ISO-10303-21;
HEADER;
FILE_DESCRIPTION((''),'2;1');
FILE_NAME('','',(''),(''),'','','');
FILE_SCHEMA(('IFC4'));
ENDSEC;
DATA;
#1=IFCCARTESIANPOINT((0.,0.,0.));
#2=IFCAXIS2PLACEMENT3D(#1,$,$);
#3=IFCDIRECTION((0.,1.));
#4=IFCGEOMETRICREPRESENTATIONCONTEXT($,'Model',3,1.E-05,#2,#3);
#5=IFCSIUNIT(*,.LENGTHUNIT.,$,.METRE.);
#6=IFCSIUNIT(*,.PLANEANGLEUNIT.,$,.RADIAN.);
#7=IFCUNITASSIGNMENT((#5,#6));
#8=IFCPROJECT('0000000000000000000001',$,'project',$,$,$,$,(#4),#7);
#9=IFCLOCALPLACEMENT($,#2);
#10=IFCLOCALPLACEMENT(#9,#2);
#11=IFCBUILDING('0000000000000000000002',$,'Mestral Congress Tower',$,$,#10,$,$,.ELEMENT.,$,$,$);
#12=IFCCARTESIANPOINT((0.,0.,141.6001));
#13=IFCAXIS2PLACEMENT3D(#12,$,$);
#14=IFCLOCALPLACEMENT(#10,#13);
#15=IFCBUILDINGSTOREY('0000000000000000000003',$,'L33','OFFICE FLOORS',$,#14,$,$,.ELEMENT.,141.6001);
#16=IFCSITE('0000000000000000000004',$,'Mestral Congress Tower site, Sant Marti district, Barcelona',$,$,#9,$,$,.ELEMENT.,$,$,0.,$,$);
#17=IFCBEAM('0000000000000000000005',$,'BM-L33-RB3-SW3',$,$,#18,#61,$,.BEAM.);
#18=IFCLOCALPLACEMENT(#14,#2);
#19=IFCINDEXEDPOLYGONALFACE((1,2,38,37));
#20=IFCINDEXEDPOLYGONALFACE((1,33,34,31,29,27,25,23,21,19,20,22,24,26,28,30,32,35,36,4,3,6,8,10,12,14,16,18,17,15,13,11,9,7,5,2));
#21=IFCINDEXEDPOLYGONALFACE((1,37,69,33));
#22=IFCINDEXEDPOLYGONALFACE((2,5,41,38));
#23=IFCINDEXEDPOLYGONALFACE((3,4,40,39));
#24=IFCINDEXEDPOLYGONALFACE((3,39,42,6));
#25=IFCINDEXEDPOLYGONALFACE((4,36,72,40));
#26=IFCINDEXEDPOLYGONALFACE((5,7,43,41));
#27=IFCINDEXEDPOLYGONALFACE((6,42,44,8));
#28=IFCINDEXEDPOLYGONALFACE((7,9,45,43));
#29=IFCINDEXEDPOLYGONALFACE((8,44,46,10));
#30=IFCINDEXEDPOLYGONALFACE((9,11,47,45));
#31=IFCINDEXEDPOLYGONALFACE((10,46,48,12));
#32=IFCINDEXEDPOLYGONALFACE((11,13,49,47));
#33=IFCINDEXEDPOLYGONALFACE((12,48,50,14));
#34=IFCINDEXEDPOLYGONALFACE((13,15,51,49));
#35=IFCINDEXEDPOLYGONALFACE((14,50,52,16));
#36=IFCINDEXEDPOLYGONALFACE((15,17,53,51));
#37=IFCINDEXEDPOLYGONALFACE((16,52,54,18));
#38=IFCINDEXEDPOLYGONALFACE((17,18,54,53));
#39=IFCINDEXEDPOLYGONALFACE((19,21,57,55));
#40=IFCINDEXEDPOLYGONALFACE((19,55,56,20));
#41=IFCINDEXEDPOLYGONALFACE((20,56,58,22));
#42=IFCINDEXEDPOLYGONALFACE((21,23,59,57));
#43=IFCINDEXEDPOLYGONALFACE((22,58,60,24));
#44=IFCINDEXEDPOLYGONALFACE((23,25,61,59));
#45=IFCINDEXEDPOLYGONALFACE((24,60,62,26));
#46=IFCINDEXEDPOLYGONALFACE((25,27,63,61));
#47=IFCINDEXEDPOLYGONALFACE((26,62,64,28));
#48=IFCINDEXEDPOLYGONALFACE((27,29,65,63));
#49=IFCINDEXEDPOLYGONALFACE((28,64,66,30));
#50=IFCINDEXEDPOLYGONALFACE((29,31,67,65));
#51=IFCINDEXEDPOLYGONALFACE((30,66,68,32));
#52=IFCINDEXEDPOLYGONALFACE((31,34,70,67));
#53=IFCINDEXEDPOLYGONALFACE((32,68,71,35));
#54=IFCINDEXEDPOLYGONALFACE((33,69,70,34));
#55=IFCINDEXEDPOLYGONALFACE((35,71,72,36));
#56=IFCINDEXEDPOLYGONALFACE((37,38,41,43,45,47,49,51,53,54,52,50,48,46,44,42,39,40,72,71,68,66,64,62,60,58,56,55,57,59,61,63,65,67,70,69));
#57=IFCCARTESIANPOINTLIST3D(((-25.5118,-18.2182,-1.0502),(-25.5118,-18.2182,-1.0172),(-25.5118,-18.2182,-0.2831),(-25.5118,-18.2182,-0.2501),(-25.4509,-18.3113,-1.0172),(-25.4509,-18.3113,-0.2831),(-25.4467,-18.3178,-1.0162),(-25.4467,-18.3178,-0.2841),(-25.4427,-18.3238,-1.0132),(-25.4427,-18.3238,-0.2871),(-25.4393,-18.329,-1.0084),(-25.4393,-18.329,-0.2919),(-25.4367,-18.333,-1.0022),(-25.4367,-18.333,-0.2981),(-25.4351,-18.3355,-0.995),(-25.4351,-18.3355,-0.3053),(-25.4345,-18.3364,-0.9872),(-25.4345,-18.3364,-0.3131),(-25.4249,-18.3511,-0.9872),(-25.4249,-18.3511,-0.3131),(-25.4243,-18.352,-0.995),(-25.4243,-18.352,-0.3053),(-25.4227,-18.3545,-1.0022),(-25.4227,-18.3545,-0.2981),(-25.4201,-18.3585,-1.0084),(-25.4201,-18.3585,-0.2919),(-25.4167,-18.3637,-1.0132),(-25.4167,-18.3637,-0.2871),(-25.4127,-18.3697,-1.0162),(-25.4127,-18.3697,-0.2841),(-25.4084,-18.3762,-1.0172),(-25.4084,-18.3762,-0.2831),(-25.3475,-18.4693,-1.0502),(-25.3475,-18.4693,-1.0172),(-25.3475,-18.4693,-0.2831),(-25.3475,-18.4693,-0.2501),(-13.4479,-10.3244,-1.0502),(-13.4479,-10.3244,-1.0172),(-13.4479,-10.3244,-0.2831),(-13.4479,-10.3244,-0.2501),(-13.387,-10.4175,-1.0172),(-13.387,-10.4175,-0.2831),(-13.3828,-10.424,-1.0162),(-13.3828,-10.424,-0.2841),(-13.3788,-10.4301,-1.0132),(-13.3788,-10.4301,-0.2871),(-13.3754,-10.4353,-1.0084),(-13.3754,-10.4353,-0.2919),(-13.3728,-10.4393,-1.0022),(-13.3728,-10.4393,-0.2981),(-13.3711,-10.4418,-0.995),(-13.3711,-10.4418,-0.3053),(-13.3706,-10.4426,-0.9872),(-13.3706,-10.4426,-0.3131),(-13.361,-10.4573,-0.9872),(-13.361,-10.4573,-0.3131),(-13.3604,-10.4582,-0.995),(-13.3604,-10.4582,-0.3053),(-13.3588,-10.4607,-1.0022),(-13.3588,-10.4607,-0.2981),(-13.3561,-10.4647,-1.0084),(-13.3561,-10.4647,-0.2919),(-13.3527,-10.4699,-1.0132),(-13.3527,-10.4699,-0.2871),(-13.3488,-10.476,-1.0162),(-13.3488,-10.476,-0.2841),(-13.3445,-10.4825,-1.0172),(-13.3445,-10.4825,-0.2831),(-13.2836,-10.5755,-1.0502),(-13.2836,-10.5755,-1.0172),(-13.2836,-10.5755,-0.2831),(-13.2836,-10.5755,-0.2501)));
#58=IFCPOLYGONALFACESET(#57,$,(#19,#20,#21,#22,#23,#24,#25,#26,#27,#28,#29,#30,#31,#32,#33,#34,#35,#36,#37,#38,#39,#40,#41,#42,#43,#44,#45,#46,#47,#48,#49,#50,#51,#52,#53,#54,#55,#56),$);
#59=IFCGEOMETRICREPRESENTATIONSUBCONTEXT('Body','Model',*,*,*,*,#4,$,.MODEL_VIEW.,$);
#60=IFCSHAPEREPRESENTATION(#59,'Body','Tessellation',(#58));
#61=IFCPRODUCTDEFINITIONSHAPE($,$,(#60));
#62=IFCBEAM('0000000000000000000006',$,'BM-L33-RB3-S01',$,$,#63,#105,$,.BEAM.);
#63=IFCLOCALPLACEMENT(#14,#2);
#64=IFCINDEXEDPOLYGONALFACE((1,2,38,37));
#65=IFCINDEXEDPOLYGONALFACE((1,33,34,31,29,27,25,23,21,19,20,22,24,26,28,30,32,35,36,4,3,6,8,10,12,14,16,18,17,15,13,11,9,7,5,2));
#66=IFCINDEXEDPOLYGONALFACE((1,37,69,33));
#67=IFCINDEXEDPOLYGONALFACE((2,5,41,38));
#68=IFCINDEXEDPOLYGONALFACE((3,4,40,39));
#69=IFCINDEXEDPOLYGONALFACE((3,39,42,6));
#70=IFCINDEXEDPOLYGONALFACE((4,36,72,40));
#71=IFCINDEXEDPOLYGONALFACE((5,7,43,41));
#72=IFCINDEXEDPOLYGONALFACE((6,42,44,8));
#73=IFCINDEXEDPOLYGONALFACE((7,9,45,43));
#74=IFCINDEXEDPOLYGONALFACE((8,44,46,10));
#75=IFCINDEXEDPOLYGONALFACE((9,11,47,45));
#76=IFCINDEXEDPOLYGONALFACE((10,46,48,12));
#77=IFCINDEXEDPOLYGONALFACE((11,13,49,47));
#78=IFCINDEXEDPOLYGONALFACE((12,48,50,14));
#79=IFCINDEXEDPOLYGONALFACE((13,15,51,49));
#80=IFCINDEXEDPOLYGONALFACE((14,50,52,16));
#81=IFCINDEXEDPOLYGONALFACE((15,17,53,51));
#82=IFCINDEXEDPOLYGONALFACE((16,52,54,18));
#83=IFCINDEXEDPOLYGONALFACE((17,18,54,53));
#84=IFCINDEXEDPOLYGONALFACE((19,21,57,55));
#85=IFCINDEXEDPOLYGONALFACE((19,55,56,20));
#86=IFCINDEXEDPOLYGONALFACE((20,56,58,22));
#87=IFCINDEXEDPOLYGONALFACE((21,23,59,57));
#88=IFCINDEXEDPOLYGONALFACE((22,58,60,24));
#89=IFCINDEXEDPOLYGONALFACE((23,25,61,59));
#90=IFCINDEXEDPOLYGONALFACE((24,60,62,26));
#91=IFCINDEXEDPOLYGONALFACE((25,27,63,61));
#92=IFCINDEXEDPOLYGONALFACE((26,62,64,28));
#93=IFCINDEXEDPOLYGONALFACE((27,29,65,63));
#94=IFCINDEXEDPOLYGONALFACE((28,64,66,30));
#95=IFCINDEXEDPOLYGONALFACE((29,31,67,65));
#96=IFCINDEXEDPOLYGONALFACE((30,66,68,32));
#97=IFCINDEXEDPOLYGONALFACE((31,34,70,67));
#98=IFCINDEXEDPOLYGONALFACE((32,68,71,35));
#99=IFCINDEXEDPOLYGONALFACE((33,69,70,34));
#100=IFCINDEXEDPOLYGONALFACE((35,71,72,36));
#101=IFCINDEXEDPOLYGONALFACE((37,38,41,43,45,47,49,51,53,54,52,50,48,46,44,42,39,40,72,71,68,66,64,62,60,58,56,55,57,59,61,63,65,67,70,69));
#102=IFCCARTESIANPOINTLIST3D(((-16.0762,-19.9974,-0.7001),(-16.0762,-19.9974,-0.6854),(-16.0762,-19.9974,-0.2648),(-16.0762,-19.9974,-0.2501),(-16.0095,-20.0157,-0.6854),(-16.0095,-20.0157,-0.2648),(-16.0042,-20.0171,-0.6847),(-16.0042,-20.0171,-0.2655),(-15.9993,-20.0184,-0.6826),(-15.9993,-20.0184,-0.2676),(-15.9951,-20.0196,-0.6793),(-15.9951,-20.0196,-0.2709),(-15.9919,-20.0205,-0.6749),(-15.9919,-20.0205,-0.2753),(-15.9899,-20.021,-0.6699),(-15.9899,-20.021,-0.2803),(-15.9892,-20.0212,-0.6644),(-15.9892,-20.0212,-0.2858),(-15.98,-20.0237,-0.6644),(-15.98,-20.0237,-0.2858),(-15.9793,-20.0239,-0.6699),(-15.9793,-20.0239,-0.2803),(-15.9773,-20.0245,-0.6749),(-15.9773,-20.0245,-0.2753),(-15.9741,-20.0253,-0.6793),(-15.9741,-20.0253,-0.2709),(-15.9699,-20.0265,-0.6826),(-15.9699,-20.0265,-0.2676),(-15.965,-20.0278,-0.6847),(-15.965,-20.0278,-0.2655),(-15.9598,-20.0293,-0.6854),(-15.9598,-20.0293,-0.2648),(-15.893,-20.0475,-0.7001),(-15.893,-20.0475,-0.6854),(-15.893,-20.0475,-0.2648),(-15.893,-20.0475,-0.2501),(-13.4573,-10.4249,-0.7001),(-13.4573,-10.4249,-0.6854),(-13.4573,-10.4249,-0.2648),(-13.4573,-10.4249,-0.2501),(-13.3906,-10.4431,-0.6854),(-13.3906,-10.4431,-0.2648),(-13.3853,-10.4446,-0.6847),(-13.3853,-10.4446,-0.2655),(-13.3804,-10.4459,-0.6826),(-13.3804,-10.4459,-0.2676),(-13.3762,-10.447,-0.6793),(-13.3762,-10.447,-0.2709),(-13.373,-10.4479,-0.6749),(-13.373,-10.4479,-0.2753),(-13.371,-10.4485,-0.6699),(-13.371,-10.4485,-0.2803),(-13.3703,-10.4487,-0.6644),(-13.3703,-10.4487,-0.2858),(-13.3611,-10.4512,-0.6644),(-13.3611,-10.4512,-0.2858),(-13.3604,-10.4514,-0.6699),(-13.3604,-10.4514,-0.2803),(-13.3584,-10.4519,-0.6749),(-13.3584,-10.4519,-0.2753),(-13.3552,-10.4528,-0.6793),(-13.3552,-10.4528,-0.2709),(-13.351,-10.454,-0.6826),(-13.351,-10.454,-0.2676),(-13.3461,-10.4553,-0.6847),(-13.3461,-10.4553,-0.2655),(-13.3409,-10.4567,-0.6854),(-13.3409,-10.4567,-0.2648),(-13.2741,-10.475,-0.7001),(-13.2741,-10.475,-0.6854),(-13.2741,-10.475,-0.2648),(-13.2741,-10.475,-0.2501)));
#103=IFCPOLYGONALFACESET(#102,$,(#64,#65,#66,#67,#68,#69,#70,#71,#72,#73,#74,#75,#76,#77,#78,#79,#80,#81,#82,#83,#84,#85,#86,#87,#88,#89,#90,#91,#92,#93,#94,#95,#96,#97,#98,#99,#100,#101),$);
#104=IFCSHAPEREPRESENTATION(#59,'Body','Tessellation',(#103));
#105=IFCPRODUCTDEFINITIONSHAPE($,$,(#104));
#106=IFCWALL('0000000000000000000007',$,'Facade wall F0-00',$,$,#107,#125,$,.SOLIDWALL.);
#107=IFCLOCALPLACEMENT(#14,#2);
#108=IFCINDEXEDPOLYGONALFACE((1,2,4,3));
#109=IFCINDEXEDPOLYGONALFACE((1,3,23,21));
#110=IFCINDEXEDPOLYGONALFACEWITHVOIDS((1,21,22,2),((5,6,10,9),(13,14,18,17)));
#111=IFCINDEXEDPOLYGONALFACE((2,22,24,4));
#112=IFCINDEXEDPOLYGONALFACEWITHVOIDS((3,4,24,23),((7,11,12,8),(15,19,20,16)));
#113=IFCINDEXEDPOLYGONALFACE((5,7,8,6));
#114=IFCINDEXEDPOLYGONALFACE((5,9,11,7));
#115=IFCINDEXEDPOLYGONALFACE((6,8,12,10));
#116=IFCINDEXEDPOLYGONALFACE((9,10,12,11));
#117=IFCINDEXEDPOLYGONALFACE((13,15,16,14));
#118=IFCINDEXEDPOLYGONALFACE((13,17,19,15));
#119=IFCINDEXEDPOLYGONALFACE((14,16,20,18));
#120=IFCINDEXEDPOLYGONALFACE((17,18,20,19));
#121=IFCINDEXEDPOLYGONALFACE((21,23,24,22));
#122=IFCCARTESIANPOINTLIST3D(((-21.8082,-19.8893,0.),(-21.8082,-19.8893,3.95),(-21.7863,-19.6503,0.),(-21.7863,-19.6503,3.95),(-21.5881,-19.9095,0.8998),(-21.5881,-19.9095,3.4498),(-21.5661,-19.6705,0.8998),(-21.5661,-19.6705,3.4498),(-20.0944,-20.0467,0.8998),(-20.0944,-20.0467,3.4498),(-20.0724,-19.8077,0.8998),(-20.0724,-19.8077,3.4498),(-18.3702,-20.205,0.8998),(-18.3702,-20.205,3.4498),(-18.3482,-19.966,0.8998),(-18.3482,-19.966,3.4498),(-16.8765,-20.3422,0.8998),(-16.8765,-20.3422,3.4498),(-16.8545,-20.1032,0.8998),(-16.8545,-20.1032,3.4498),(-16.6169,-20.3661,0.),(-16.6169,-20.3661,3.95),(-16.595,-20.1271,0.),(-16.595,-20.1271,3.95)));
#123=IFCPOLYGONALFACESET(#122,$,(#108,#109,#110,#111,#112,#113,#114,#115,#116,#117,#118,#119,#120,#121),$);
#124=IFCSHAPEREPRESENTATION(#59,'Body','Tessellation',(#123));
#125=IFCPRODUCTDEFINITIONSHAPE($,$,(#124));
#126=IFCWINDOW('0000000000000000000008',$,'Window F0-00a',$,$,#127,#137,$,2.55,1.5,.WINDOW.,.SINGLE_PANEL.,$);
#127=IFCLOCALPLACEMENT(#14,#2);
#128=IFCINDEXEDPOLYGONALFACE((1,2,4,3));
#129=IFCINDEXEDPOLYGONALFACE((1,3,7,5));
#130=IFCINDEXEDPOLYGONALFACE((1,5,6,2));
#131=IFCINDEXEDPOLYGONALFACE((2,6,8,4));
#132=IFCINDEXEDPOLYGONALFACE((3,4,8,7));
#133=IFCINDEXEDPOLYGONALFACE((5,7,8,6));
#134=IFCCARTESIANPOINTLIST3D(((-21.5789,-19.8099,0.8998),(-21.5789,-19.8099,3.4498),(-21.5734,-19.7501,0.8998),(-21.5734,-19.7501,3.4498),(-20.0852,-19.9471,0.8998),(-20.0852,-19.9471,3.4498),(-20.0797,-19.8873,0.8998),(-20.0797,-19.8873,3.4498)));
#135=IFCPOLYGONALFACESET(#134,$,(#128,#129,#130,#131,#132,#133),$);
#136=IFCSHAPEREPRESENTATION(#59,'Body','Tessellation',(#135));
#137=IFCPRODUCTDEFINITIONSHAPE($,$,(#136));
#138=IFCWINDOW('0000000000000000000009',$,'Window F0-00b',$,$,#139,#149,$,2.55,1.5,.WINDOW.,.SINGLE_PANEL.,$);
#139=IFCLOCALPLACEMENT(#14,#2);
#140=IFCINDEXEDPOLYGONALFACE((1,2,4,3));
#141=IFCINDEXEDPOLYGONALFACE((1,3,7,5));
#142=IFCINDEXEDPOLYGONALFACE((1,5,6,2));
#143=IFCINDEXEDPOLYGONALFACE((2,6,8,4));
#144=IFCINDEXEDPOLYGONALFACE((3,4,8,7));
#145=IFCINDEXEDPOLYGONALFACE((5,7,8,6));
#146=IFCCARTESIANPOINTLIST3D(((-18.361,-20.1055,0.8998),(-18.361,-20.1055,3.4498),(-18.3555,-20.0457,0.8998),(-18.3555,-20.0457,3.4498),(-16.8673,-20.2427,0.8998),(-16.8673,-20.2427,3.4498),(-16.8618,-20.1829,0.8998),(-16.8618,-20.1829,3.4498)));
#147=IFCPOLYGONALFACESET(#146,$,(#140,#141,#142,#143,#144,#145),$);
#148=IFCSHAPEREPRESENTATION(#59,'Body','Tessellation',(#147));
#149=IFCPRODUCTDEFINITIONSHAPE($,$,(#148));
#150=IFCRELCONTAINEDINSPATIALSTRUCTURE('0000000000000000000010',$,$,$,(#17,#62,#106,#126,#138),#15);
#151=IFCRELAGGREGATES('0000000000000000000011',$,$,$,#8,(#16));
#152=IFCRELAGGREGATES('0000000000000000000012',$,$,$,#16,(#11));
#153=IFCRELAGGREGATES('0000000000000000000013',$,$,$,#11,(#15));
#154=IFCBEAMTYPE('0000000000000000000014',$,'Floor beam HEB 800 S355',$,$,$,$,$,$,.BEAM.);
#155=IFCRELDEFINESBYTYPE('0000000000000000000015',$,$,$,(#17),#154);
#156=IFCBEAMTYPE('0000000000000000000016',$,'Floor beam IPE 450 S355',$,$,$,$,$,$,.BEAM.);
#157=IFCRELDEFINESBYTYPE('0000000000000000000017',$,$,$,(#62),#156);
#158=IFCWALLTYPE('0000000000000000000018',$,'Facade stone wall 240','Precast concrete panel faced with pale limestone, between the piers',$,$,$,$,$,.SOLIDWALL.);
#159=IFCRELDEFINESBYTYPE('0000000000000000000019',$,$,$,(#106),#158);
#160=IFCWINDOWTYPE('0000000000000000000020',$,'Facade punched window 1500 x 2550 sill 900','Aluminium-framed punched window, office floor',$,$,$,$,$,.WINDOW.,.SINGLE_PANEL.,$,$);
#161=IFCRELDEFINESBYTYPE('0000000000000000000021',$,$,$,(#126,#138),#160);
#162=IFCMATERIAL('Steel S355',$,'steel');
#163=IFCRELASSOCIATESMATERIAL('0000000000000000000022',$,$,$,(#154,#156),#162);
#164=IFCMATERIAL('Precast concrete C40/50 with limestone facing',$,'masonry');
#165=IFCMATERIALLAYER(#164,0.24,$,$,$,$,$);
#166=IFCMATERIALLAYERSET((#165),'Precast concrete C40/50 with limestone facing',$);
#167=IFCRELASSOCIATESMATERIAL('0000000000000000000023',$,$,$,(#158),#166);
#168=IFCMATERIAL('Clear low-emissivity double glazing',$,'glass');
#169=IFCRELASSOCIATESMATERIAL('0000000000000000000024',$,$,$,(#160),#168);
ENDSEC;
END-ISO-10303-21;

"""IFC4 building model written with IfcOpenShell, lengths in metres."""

from ifc_helpers import new_model, si_unit, direction, frame, frame_2d, origin, origin_2d, place, context, subcontext, project, spatial, rectangle, i_section, extrude, material, layer, layer_set, material_profile, profile_set, type_object, element, fill, save


model = new_model("IFC4")

# Units and contexts
model_context = context("Model", 3, precision=1e-05, world=origin(), true_north=direction((0.0, 1.0)))
body_context = subcontext(model_context, "Body", "Model", "MODEL_VIEW")
ifc_project = project(units=[si_unit("LENGTHUNIT", "METRE"), si_unit("PLANEANGLEUNIT", "RADIAN")], contexts=[model_context])

# Site, building, storey
site_placement = place(None, origin())
site = spatial("IfcSite", under=ifc_project, at=site_placement, Name="Mestral Congress Tower site, Sant Marti district, Barcelona", CompositionType="ELEMENT", RefElevation=0.0)
building_placement = place(site_placement, origin())
building = spatial("IfcBuilding", under=site, at=building_placement, Name="Mestral Congress Tower", CompositionType="ELEMENT")
storey_placement = place(building_placement, frame((0.0, 0.0, 141.6001)))
storey = spatial("IfcBuildingStorey", under=building, at=storey_placement, Name="L33", Description="OFFICE FLOORS", CompositionType="ELEMENT", Elevation=141.6001)

# Beams
ifc_material_1 = material(Name="Steel S355", Category="steel")
ifc_material_profile_1 = material_profile(ifc_material_1, i_section(OverallWidth=0.3, OverallDepth=0.8, WebThickness=0.0176, FlangeThickness=0.033, FilletRadius=0.03, at=origin_2d()), Name="HEB 800")
ifc_profile_set_1 = profile_set([ifc_material_profile_1], Name="Steel S355")
beam_type_1 = type_object("IfcBeamType", Name="Floor beam HEB 800 S355", PredefinedType="BEAM", material=ifc_profile_set_1)
beam_1_placement = place(storey_placement, frame((-25.4297, -18.3438, -0.6501), z_axis=(0.836785, 0.547532, 0.0), x_axis=(-0.547532, 0.836785, 0.0)))
element("IfcBeam", 1, at=beam_1_placement, inside=storey, type_object=beam_type_1, Name="BM-L33-RB3-SW3", PredefinedType="BEAM", context=body_context, shape_type="SweptSolid", body=[
    extrude(i_section(OverallWidth=0.3, OverallDepth=0.8, WebThickness=0.0176, FlangeThickness=0.033, FilletRadius=0.03, at=origin_2d()), origin(), (0.0, 0.0, 1.0), 14.417),
])
ifc_material_profile_2 = material_profile(ifc_material_1, i_section(OverallWidth=0.1899, OverallDepth=0.45, WebThickness=0.0095, FlangeThickness=0.0146, FilletRadius=0.021, at=origin_2d()), Name="IPE 450")
ifc_profile_set_2 = profile_set([ifc_material_profile_2], Name="Steel S355")
beam_type_2 = type_object("IfcBeamType", Name="Floor beam IPE 450 S355", PredefinedType="BEAM", material=ifc_profile_set_2)
beam_2_placement = place(storey_placement, frame((-15.9846, -20.0225, -0.4751), z_axis=(0.263888, 0.964553, 0.0), x_axis=(-0.964553, 0.263888, 0.0)))
element("IfcBeam", 2, at=beam_2_placement, inside=storey, type_object=beam_type_2, Name="BM-L33-RB3-S01", PredefinedType="BEAM", context=body_context, shape_type="SweptSolid", body=[
    extrude(i_section(OverallWidth=0.1899, OverallDepth=0.45, WebThickness=0.0095, FlangeThickness=0.0146, FilletRadius=0.021, at=origin_2d()), origin(), (0.0, 0.0, 1.0), 9.9243),
])

# Wall, openings, windows
ifc_material_2 = material(Name="Precast concrete C40/50 with limestone facing", Category="masonry")
ifc_layer_1 = layer(ifc_material_2, 0.24)
ifc_layer_set_1 = layer_set([ifc_layer_1], Name="Precast concrete C40/50 with limestone facing")
wall_type_1 = type_object("IfcWallType", Name="Facade stone wall 240", Description="Precast concrete panel faced with pale limestone, between the piers", PredefinedType="SOLIDWALL", material=ifc_layer_set_1)
wall_1_placement = place(storey_placement, frame((-21.7971, -19.7698, 0.0), z_axis=(0.0, 0.0, 1.0), x_axis=(0.995809, -0.09146, 0.0)))
wall_1 = element("IfcWall", 3, at=wall_1_placement, inside=storey, type_object=wall_type_1, Name="Facade wall F0-00", PredefinedType="SOLIDWALL", context=body_context, shape_type="SweptSolid", body=[
    extrude(rectangle(XDim=5.2131, YDim=0.24, at=frame_2d((2.6064, 0.0))), origin(), (0.0, 0.0, 1.0), 3.95),
])
opening_1_placement = place(wall_1_placement, frame((0.2209, 0.0, 0.8999)))
opening_1 = element("IfcOpeningElement", 4, at=opening_1_placement, cuts=wall_1, PredefinedType="OPENING", context=body_context, shape_type="SweptSolid", body=[
    extrude(rectangle(XDim=1.5, YDim=2.55, at=frame_2d((0.75, 1.2749))), frame((0.0, 0.1299, 0.0), z_axis=(0.0, -1.0, 0.0), x_axis=(1.0, 0.0, 0.0)), (0.0, 0.0, 1.0), 0.26),
])
opening_2_placement = place(wall_1_placement, frame((3.4524, 0.0, 0.8999)))
opening_2 = element("IfcOpeningElement", 5, at=opening_2_placement, cuts=wall_1, PredefinedType="OPENING", context=body_context, shape_type="SweptSolid", body=[
    extrude(rectangle(XDim=1.5, YDim=2.55, at=frame_2d((0.75, 1.2749))), frame((0.0, 0.1299, 0.0), z_axis=(0.0, -1.0, 0.0), x_axis=(1.0, 0.0, 0.0)), (0.0, 0.0, 1.0), 0.26),
])
ifc_material_3 = material(Name="Clear low-emissivity double glazing", Category="glass")
window_type_1 = type_object("IfcWindowType", Name="Facade punched window 1500 x 2550 sill 900", Description="Aluminium-framed punched window, office floor", PartitioningType="SINGLE_PANEL", PredefinedType="WINDOW", material=ifc_material_3)
window_1_placement = place(opening_1_placement, origin())
window_1 = element("IfcWindow", 6, at=window_1_placement, inside=storey, type_object=window_type_1, Name="Window F0-00a", OverallHeight=2.55, OverallWidth=1.5, PartitioningType="SINGLE_PANEL", PredefinedType="WINDOW", context=body_context, shape_type="SweptSolid", body=[
    extrude(rectangle(XDim=1.5, YDim=2.55, at=frame_2d((0.75, 1.2749))), frame((0.0, 0.04, 0.0), z_axis=(0.0, -1.0, 0.0), x_axis=(1.0, 0.0, 0.0)), (0.0, 0.0, 1.0), 0.0601),
])
fill(opening_1, window_1)
window_2_placement = place(opening_2_placement, origin())
window_2 = element("IfcWindow", 7, at=window_2_placement, inside=storey, type_object=window_type_1, Name="Window F0-00b", OverallHeight=2.55, OverallWidth=1.5, PartitioningType="SINGLE_PANEL", PredefinedType="WINDOW", context=body_context, shape_type="SweptSolid", body=[
    extrude(rectangle(XDim=1.5, YDim=2.55, at=frame_2d((0.75, 1.2749))), frame((0.0, 0.04, 0.0), z_axis=(0.0, -1.0, 0.0), x_axis=(1.0, 0.0, 0.0)), (0.0, 0.0, 1.0), 0.0601),
])
fill(opening_2, window_2)

save(model, "model.ifc")
